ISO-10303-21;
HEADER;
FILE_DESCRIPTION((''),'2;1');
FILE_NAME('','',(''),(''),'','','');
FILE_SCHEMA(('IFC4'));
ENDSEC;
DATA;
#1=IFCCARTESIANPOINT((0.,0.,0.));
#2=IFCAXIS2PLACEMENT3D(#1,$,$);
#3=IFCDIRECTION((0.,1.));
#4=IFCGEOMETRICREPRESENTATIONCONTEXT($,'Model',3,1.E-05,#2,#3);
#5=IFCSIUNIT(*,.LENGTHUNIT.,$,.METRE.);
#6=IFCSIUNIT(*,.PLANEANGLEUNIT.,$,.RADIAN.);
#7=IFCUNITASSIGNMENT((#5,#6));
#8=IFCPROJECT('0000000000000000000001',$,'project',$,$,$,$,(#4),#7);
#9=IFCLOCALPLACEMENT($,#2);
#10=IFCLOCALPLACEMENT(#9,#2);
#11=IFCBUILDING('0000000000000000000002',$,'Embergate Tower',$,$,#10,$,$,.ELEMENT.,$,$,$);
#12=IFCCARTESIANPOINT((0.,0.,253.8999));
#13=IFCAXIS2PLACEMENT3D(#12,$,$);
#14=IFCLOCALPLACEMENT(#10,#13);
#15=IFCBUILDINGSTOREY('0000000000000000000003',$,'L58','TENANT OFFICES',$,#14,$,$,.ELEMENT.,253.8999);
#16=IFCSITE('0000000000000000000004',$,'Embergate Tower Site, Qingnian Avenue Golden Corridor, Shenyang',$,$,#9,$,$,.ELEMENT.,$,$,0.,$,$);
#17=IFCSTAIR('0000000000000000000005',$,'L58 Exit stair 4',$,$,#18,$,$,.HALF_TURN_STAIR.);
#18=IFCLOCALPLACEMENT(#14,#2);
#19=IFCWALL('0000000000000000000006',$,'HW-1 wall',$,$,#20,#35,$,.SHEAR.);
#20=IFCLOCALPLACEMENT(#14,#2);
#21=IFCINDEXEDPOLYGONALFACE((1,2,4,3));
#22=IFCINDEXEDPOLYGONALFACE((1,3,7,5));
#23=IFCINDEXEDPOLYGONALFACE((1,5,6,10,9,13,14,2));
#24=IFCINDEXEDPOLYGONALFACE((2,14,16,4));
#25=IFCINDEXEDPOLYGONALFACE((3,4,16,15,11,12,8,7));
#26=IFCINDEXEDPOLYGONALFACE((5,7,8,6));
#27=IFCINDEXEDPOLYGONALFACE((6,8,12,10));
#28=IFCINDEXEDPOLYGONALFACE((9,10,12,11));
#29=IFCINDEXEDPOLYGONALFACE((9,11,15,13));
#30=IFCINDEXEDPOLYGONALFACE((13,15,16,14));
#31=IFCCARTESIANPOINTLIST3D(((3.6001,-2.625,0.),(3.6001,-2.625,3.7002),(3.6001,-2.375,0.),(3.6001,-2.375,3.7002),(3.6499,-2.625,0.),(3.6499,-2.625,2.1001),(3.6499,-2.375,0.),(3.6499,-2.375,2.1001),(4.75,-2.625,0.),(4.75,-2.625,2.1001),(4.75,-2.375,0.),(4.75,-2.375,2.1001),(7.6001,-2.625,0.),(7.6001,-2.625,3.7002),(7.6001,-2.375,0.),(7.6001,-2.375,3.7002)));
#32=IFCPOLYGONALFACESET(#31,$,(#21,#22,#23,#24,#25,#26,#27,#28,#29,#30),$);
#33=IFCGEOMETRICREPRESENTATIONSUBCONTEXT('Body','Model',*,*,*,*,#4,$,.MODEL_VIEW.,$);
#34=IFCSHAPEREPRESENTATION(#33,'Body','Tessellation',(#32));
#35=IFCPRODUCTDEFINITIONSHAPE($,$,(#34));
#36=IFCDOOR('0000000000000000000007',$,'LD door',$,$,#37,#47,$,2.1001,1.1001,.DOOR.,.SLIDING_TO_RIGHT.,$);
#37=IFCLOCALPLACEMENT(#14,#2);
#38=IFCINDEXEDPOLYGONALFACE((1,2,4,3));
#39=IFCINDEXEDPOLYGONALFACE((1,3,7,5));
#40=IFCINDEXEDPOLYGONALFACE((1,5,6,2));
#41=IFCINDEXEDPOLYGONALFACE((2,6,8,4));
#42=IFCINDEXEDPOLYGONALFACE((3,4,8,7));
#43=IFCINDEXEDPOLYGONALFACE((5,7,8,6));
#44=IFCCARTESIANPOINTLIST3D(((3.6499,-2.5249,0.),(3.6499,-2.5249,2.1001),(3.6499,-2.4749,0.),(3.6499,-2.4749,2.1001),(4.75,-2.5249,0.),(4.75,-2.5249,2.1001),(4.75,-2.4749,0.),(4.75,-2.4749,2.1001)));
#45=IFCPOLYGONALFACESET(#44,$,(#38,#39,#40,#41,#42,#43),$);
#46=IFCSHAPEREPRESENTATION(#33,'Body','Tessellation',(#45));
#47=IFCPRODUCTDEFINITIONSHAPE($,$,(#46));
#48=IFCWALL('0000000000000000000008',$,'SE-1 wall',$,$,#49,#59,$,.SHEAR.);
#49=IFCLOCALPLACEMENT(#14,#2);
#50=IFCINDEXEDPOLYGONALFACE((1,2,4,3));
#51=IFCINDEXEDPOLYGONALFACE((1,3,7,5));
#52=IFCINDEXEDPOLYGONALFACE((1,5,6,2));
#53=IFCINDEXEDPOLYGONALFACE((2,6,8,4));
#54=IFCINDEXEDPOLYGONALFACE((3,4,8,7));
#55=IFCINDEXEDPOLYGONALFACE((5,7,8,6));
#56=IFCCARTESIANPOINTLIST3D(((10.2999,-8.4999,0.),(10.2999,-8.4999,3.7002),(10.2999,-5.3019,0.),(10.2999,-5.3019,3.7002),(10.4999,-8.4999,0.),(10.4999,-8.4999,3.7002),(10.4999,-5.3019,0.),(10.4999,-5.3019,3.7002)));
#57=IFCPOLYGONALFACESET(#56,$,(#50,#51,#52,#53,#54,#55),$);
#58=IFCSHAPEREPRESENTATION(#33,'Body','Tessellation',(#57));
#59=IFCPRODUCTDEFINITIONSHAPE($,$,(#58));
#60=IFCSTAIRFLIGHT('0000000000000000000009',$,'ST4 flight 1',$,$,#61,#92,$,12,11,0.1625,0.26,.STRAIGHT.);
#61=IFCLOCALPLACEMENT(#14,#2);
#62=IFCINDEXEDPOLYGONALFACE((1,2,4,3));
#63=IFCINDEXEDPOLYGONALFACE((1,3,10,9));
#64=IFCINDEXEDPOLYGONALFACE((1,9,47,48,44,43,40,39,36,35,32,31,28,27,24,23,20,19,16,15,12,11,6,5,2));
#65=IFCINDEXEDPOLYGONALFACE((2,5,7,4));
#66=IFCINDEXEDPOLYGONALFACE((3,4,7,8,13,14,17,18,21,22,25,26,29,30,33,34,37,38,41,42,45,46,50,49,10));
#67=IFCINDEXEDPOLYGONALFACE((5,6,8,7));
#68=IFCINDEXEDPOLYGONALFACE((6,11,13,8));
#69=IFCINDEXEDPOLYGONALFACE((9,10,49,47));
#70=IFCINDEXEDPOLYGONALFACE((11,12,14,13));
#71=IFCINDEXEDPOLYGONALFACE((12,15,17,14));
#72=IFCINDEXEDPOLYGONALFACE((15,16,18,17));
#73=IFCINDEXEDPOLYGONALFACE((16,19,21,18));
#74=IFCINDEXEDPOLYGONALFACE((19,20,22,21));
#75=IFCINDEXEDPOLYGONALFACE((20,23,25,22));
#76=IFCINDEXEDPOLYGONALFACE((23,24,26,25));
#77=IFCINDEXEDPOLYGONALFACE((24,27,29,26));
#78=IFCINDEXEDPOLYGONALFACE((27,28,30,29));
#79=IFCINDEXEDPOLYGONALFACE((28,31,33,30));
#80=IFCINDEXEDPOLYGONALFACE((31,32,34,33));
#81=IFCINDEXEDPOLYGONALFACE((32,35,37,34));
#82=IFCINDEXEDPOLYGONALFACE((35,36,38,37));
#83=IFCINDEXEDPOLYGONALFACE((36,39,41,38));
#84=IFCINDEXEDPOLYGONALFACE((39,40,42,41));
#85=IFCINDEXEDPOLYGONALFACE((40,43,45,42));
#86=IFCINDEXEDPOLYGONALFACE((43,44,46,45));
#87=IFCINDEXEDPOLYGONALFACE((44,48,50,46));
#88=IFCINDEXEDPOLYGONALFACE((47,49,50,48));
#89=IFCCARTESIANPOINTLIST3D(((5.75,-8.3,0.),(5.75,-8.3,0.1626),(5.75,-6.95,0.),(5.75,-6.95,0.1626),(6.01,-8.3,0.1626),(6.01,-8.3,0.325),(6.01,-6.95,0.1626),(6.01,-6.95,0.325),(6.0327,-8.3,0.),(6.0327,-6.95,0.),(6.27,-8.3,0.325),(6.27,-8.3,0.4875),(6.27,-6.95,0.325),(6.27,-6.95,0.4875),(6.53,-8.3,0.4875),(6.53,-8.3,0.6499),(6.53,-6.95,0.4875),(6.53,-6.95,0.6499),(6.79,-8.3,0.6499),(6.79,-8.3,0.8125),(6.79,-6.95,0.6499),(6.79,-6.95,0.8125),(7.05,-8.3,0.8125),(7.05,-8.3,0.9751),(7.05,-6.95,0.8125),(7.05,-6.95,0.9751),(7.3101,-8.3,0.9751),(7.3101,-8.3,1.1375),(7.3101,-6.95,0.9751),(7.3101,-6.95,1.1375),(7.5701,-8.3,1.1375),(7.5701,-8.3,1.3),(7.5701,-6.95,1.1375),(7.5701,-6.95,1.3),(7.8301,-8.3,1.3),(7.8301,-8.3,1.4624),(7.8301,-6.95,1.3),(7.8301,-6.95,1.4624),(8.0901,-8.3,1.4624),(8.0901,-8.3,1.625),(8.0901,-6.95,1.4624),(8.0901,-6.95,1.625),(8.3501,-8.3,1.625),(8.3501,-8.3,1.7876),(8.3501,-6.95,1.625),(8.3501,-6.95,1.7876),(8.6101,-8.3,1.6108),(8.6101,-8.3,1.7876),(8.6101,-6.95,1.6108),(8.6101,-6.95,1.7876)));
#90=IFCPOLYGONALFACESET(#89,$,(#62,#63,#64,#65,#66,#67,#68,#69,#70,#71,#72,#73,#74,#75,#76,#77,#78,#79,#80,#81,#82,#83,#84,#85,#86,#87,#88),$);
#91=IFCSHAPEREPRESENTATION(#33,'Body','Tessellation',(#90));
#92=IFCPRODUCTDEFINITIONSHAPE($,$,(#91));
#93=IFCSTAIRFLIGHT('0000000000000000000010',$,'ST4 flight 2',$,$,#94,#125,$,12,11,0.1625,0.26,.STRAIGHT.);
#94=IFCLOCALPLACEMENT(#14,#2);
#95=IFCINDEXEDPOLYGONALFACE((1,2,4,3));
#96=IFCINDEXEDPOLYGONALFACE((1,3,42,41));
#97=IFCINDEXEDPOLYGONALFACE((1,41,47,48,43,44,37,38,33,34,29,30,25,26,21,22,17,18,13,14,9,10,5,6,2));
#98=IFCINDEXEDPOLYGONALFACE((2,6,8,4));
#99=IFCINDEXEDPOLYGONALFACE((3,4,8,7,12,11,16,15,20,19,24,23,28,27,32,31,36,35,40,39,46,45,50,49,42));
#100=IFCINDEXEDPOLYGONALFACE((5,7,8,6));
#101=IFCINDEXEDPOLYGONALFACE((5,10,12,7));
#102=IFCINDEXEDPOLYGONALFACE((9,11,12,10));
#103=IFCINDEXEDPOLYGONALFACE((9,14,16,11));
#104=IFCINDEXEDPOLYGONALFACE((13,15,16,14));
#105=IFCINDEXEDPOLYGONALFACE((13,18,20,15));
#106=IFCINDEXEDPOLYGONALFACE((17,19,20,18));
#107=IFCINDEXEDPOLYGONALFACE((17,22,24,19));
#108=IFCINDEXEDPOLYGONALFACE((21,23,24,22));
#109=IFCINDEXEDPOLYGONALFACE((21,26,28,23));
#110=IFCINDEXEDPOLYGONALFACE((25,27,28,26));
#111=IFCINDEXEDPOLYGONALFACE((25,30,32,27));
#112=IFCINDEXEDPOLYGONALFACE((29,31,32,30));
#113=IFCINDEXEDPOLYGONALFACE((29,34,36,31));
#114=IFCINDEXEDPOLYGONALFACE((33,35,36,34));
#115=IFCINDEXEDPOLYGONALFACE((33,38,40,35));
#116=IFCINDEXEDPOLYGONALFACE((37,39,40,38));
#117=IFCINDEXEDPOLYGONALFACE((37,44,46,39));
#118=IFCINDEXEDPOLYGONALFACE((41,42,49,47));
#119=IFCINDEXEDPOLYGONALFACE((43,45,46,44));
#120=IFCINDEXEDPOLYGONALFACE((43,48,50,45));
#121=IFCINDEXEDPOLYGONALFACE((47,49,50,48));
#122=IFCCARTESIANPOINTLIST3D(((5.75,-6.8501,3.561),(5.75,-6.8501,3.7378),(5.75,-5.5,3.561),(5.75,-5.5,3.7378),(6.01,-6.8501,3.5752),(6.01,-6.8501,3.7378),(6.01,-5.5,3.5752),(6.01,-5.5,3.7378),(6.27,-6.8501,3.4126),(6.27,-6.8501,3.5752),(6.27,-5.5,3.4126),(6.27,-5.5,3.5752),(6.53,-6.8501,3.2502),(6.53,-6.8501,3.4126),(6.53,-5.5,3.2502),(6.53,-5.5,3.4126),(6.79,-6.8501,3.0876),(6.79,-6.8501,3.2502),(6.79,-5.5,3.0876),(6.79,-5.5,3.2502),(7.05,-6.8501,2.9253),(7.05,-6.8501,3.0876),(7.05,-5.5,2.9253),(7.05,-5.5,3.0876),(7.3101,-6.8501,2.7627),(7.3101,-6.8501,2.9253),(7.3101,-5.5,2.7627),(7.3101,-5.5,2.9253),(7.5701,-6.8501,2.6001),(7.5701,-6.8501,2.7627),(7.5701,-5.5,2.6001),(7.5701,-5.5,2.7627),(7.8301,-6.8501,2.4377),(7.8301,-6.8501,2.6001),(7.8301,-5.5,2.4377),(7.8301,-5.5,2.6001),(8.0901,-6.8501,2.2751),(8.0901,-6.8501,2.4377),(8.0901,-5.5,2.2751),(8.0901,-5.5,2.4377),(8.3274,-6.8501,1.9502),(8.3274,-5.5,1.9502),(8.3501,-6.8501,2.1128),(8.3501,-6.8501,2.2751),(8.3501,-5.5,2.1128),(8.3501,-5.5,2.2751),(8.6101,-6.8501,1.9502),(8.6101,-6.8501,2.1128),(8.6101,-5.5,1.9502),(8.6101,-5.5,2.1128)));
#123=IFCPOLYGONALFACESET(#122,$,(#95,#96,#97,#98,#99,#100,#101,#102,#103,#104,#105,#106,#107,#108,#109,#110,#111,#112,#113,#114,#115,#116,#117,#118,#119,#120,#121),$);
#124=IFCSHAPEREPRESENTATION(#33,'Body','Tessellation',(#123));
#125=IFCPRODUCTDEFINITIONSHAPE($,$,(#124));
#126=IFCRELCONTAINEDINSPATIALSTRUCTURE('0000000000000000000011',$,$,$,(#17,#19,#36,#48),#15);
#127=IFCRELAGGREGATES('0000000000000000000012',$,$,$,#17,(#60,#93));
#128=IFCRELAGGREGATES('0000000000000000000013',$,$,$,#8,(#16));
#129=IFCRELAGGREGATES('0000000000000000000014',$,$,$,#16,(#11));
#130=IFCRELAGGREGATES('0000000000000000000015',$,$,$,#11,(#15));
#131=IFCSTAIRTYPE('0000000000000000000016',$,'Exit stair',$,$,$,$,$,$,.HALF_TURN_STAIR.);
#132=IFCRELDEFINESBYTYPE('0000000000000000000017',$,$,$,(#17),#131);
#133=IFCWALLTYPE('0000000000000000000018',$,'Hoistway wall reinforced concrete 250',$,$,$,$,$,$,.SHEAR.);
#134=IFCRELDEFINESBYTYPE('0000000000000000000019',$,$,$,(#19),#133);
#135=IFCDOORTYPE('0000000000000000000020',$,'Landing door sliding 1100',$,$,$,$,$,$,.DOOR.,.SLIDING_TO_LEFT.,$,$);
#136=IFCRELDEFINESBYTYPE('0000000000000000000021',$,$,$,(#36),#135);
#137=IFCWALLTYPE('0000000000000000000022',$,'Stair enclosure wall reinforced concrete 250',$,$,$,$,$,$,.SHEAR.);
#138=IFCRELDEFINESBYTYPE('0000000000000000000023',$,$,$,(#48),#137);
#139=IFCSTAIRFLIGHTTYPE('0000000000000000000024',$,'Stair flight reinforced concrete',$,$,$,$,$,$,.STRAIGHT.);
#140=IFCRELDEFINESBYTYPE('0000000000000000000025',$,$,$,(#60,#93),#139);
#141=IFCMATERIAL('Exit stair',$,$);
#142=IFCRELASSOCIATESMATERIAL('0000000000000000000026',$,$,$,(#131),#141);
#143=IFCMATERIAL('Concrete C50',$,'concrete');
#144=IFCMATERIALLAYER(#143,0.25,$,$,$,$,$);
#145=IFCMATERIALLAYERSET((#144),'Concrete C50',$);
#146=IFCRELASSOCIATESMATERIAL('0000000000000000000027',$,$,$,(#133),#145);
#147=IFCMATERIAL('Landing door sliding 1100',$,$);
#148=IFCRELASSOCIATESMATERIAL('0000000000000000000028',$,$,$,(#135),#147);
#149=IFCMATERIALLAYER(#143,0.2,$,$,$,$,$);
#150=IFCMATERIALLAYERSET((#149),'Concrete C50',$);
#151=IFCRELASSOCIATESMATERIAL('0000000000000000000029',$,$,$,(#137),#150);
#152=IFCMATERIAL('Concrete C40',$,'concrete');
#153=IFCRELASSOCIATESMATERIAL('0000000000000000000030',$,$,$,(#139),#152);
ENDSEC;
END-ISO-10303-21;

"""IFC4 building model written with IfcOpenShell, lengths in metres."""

from ifc_helpers import new_model, si_unit, direction, frame, frame_2d, origin, place, context, subcontext, project, spatial, polyline, rectangle, outline, extrude, source, transform, mapped, material, layer, layer_set, type_object, element, fill, aggregate, save


model = new_model("IFC4")

# Units and contexts
model_context = context("Model", 3, precision=1e-05, world=origin(), true_north=direction((0.0, 1.0)))
body_context = subcontext(model_context, "Body", "Model", "MODEL_VIEW")
ifc_project = project(units=[si_unit("LENGTHUNIT", "METRE"), si_unit("PLANEANGLEUNIT", "RADIAN")], contexts=[model_context])

# Site, building, storey
site_placement = place(None, origin())
site = spatial("IfcSite", under=ifc_project, at=site_placement, Name="Embergate Tower Site, Qingnian Avenue Golden Corridor, Shenyang", CompositionType="ELEMENT", RefElevation=0.0)
building_placement = place(site_placement, origin())
building = spatial("IfcBuilding", under=site, at=building_placement, Name="Embergate Tower", CompositionType="ELEMENT")
storey_placement = place(building_placement, frame((0.0, 0.0, 253.8999)))
storey = spatial("IfcBuildingStorey", under=building, at=storey_placement, Name="L58", Description="TENANT OFFICES", CompositionType="ELEMENT", Elevation=253.8999)

# Stair
ifc_material_1 = material(Name="Exit stair")
stair_type = type_object("IfcStairType", Name="Exit stair", PredefinedType="HALF_TURN_STAIR", material=ifc_material_1)
stair_placement = place(storey_placement, origin())
stair = element("IfcStair", 1, at=stair_placement, inside=storey, type_object=stair_type, Name="L58 Exit stair 4", PredefinedType="HALF_TURN_STAIR")
ifc_material_2 = material(Name="Concrete C40", Category="concrete")

# Shared definitions
ifc_material_3 = material(Name="Concrete C50", Category="concrete")

# Shared definitions
ifc_layer_1 = layer(ifc_material_3, 0.25)
ifc_layer_set_1 = layer_set([ifc_layer_1], Name="Concrete C50")
wall_type_1 = type_object("IfcWallType", Name="Hoistway wall reinforced concrete 250", PredefinedType="SHEAR", material=ifc_layer_set_1)

# Wall, opening, door
shared_shape_1 = source(origin(), body_context, "Body", "SweptSolid", [
    extrude(rectangle(XDim=4.0, YDim=0.25, at=frame_2d((2.0, 0.0))), origin(), (0.0, 0.0, 1.0), 3.7002),
])
wall_1_placement = place(storey_placement, frame((7.6001, -2.5, 0.0), z_axis=(0.0, 0.0, 1.0), x_axis=(-1.0, 0.0, 0.0)))
wall_1 = element("IfcWall", 2, at=wall_1_placement, inside=storey, type_object=wall_type_1, Name="HW-1 wall", PredefinedType="SHEAR", context=body_context, shape_type="MappedRepresentation", body=[
    mapped(shared_shape_1, transform((0.0, 0.0, 0.0))),
])
shared_shape_2 = source(origin(), body_context, "Body", "SweptSolid", [
    extrude(rectangle(XDim=1.1001, YDim=2.1001, at=frame_2d((0.55, 1.05))), frame((0.0, 0.135, 0.0), z_axis=(0.0, -1.0, 0.0), x_axis=(1.0, 0.0, 0.0)), (0.0, 0.0, 1.0), 0.27),
])
opening_1_placement = place(wall_1_placement, frame((2.8501, 0.0, 0.0)))
opening_1 = element("IfcOpeningElement", 3, at=opening_1_placement, cuts=wall_1, PredefinedType="OPENING", context=body_context, shape_type="MappedRepresentation", body=[
    mapped(shared_shape_2, transform((0.0, 0.0, 0.0))),
])
ifc_material_4 = material(Name="Landing door sliding 1100")
door_type_1 = type_object("IfcDoorType", Name="Landing door sliding 1100", OperationType="SLIDING_TO_LEFT", PredefinedType="DOOR", material=ifc_material_4)
shared_shape_3 = source(origin(), body_context, "Body", "SweptSolid", [
    extrude(rectangle(XDim=1.1001, YDim=2.1001, at=frame_2d((0.55, 1.05))), frame((0.0, 0.0249, 0.0), z_axis=(0.0, -1.0, 0.0), x_axis=(1.0, 0.0, 0.0)), (0.0, 0.0, 1.0), 0.05),
])
door_1_placement = place(opening_1_placement, origin())
door_1 = element("IfcDoor", 4, at=door_1_placement, inside=storey, type_object=door_type_1, Name="LD door", OperationType="SLIDING_TO_RIGHT", OverallHeight=2.1001, OverallWidth=1.1001, PredefinedType="DOOR", context=body_context, shape_type="MappedRepresentation", body=[
    mapped(shared_shape_3, transform((0.0, 0.0, 0.0))),
])
fill(opening_1, door_1)

# Wall
ifc_layer_2 = layer(ifc_material_3, 0.2)
ifc_layer_set_2 = layer_set([ifc_layer_2], Name="Concrete C50")
wall_type_2 = type_object("IfcWallType", Name="Stair enclosure wall reinforced concrete 250", PredefinedType="SHEAR", material=ifc_layer_set_2)
shared_shape_4 = source(origin(), body_context, "Body", "SweptSolid", [
    extrude(rectangle(XDim=3.198, YDim=0.2, at=frame_2d((1.5991, 0.0))), origin(), (0.0, 0.0, 1.0), 3.7002),
])
wall_2_placement = place(storey_placement, frame((10.3999, -8.5, 0.0), z_axis=(0.0, 0.0, 1.0), x_axis=(0.0, 1.0, 0.0)))
element("IfcWall", 5, at=wall_2_placement, inside=storey, type_object=wall_type_2, Name="SE-1 wall", PredefinedType="SHEAR", context=body_context, shape_type="MappedRepresentation", body=[
    mapped(shared_shape_4, transform((0.0, 0.0, 0.0))),
])

# Stair flights
stair_flight_type = type_object("IfcStairFlightType", Name="Stair flight reinforced concrete", PredefinedType="STRAIGHT", material=ifc_material_2)
shared_shape_5 = source(origin(), body_context, "Body", "SweptSolid", [
    extrude(outline(polyline([(0.0, 0.0), (0.0, 0.1626), (0.26, 0.1626), (0.26, 0.325), (0.52, 0.325), (0.52, 0.4875), (0.78, 0.4875), (0.78, 0.6499), (1.04, 0.6499), (1.04, 0.8125), (1.3, 0.8125), (1.3, 0.9751), (1.5601, 0.9751), (1.5601, 1.1375), (1.8201, 1.1375), (1.8201, 1.3), (2.0801, 1.3), (2.0801, 1.4624), (2.3401, 1.4624), (2.3401, 1.625), (2.6001, 1.625), (2.6001, 1.7876), (2.8601, 1.7876), (2.8601, 1.95), (2.8601, 1.6108), (0.2827, 0.0), (0.0, 0.0)])), frame((0.0, 0.675, 0.0), z_axis=(0.0, -1.0, 0.0), x_axis=(1.0, 0.0, 0.0)), (0.0, 0.0, 1.0), 1.3501),
])
stair_flight_1_placement = place(storey_placement, frame((5.75, -7.625, 0.0), z_axis=(0.0, 0.0, 1.0), x_axis=(1.0, 0.0, 0.0)))
stair_flight_1 = element("IfcStairFlight", 6, at=stair_flight_1_placement, type_object=stair_flight_type, Name="ST4 flight 1", NumberOfRisers=12, NumberOfTreads=11, PredefinedType="STRAIGHT", RiserHeight=0.1625, TreadLength=0.26, context=body_context, shape_type="MappedRepresentation", body=[
    mapped(shared_shape_5, transform((0.0, 0.0, 0.0))),
])
stair_flight_2_placement = place(storey_placement, frame((8.6101, -6.175, 1.9502), z_axis=(0.0, 0.0, 1.0), x_axis=(-1.0, 0.0, 0.0)))
stair_flight_2 = element("IfcStairFlight", 7, at=stair_flight_2_placement, type_object=stair_flight_type, Name="ST4 flight 2", NumberOfRisers=12, NumberOfTreads=11, PredefinedType="STRAIGHT", RiserHeight=0.1625, TreadLength=0.26, context=body_context, shape_type="MappedRepresentation", body=[
    mapped(shared_shape_5, transform((0.0, 0.0, 0.0))),
])
aggregate(stair, [stair_flight_1, stair_flight_2])

save(model, "model.ifc")
